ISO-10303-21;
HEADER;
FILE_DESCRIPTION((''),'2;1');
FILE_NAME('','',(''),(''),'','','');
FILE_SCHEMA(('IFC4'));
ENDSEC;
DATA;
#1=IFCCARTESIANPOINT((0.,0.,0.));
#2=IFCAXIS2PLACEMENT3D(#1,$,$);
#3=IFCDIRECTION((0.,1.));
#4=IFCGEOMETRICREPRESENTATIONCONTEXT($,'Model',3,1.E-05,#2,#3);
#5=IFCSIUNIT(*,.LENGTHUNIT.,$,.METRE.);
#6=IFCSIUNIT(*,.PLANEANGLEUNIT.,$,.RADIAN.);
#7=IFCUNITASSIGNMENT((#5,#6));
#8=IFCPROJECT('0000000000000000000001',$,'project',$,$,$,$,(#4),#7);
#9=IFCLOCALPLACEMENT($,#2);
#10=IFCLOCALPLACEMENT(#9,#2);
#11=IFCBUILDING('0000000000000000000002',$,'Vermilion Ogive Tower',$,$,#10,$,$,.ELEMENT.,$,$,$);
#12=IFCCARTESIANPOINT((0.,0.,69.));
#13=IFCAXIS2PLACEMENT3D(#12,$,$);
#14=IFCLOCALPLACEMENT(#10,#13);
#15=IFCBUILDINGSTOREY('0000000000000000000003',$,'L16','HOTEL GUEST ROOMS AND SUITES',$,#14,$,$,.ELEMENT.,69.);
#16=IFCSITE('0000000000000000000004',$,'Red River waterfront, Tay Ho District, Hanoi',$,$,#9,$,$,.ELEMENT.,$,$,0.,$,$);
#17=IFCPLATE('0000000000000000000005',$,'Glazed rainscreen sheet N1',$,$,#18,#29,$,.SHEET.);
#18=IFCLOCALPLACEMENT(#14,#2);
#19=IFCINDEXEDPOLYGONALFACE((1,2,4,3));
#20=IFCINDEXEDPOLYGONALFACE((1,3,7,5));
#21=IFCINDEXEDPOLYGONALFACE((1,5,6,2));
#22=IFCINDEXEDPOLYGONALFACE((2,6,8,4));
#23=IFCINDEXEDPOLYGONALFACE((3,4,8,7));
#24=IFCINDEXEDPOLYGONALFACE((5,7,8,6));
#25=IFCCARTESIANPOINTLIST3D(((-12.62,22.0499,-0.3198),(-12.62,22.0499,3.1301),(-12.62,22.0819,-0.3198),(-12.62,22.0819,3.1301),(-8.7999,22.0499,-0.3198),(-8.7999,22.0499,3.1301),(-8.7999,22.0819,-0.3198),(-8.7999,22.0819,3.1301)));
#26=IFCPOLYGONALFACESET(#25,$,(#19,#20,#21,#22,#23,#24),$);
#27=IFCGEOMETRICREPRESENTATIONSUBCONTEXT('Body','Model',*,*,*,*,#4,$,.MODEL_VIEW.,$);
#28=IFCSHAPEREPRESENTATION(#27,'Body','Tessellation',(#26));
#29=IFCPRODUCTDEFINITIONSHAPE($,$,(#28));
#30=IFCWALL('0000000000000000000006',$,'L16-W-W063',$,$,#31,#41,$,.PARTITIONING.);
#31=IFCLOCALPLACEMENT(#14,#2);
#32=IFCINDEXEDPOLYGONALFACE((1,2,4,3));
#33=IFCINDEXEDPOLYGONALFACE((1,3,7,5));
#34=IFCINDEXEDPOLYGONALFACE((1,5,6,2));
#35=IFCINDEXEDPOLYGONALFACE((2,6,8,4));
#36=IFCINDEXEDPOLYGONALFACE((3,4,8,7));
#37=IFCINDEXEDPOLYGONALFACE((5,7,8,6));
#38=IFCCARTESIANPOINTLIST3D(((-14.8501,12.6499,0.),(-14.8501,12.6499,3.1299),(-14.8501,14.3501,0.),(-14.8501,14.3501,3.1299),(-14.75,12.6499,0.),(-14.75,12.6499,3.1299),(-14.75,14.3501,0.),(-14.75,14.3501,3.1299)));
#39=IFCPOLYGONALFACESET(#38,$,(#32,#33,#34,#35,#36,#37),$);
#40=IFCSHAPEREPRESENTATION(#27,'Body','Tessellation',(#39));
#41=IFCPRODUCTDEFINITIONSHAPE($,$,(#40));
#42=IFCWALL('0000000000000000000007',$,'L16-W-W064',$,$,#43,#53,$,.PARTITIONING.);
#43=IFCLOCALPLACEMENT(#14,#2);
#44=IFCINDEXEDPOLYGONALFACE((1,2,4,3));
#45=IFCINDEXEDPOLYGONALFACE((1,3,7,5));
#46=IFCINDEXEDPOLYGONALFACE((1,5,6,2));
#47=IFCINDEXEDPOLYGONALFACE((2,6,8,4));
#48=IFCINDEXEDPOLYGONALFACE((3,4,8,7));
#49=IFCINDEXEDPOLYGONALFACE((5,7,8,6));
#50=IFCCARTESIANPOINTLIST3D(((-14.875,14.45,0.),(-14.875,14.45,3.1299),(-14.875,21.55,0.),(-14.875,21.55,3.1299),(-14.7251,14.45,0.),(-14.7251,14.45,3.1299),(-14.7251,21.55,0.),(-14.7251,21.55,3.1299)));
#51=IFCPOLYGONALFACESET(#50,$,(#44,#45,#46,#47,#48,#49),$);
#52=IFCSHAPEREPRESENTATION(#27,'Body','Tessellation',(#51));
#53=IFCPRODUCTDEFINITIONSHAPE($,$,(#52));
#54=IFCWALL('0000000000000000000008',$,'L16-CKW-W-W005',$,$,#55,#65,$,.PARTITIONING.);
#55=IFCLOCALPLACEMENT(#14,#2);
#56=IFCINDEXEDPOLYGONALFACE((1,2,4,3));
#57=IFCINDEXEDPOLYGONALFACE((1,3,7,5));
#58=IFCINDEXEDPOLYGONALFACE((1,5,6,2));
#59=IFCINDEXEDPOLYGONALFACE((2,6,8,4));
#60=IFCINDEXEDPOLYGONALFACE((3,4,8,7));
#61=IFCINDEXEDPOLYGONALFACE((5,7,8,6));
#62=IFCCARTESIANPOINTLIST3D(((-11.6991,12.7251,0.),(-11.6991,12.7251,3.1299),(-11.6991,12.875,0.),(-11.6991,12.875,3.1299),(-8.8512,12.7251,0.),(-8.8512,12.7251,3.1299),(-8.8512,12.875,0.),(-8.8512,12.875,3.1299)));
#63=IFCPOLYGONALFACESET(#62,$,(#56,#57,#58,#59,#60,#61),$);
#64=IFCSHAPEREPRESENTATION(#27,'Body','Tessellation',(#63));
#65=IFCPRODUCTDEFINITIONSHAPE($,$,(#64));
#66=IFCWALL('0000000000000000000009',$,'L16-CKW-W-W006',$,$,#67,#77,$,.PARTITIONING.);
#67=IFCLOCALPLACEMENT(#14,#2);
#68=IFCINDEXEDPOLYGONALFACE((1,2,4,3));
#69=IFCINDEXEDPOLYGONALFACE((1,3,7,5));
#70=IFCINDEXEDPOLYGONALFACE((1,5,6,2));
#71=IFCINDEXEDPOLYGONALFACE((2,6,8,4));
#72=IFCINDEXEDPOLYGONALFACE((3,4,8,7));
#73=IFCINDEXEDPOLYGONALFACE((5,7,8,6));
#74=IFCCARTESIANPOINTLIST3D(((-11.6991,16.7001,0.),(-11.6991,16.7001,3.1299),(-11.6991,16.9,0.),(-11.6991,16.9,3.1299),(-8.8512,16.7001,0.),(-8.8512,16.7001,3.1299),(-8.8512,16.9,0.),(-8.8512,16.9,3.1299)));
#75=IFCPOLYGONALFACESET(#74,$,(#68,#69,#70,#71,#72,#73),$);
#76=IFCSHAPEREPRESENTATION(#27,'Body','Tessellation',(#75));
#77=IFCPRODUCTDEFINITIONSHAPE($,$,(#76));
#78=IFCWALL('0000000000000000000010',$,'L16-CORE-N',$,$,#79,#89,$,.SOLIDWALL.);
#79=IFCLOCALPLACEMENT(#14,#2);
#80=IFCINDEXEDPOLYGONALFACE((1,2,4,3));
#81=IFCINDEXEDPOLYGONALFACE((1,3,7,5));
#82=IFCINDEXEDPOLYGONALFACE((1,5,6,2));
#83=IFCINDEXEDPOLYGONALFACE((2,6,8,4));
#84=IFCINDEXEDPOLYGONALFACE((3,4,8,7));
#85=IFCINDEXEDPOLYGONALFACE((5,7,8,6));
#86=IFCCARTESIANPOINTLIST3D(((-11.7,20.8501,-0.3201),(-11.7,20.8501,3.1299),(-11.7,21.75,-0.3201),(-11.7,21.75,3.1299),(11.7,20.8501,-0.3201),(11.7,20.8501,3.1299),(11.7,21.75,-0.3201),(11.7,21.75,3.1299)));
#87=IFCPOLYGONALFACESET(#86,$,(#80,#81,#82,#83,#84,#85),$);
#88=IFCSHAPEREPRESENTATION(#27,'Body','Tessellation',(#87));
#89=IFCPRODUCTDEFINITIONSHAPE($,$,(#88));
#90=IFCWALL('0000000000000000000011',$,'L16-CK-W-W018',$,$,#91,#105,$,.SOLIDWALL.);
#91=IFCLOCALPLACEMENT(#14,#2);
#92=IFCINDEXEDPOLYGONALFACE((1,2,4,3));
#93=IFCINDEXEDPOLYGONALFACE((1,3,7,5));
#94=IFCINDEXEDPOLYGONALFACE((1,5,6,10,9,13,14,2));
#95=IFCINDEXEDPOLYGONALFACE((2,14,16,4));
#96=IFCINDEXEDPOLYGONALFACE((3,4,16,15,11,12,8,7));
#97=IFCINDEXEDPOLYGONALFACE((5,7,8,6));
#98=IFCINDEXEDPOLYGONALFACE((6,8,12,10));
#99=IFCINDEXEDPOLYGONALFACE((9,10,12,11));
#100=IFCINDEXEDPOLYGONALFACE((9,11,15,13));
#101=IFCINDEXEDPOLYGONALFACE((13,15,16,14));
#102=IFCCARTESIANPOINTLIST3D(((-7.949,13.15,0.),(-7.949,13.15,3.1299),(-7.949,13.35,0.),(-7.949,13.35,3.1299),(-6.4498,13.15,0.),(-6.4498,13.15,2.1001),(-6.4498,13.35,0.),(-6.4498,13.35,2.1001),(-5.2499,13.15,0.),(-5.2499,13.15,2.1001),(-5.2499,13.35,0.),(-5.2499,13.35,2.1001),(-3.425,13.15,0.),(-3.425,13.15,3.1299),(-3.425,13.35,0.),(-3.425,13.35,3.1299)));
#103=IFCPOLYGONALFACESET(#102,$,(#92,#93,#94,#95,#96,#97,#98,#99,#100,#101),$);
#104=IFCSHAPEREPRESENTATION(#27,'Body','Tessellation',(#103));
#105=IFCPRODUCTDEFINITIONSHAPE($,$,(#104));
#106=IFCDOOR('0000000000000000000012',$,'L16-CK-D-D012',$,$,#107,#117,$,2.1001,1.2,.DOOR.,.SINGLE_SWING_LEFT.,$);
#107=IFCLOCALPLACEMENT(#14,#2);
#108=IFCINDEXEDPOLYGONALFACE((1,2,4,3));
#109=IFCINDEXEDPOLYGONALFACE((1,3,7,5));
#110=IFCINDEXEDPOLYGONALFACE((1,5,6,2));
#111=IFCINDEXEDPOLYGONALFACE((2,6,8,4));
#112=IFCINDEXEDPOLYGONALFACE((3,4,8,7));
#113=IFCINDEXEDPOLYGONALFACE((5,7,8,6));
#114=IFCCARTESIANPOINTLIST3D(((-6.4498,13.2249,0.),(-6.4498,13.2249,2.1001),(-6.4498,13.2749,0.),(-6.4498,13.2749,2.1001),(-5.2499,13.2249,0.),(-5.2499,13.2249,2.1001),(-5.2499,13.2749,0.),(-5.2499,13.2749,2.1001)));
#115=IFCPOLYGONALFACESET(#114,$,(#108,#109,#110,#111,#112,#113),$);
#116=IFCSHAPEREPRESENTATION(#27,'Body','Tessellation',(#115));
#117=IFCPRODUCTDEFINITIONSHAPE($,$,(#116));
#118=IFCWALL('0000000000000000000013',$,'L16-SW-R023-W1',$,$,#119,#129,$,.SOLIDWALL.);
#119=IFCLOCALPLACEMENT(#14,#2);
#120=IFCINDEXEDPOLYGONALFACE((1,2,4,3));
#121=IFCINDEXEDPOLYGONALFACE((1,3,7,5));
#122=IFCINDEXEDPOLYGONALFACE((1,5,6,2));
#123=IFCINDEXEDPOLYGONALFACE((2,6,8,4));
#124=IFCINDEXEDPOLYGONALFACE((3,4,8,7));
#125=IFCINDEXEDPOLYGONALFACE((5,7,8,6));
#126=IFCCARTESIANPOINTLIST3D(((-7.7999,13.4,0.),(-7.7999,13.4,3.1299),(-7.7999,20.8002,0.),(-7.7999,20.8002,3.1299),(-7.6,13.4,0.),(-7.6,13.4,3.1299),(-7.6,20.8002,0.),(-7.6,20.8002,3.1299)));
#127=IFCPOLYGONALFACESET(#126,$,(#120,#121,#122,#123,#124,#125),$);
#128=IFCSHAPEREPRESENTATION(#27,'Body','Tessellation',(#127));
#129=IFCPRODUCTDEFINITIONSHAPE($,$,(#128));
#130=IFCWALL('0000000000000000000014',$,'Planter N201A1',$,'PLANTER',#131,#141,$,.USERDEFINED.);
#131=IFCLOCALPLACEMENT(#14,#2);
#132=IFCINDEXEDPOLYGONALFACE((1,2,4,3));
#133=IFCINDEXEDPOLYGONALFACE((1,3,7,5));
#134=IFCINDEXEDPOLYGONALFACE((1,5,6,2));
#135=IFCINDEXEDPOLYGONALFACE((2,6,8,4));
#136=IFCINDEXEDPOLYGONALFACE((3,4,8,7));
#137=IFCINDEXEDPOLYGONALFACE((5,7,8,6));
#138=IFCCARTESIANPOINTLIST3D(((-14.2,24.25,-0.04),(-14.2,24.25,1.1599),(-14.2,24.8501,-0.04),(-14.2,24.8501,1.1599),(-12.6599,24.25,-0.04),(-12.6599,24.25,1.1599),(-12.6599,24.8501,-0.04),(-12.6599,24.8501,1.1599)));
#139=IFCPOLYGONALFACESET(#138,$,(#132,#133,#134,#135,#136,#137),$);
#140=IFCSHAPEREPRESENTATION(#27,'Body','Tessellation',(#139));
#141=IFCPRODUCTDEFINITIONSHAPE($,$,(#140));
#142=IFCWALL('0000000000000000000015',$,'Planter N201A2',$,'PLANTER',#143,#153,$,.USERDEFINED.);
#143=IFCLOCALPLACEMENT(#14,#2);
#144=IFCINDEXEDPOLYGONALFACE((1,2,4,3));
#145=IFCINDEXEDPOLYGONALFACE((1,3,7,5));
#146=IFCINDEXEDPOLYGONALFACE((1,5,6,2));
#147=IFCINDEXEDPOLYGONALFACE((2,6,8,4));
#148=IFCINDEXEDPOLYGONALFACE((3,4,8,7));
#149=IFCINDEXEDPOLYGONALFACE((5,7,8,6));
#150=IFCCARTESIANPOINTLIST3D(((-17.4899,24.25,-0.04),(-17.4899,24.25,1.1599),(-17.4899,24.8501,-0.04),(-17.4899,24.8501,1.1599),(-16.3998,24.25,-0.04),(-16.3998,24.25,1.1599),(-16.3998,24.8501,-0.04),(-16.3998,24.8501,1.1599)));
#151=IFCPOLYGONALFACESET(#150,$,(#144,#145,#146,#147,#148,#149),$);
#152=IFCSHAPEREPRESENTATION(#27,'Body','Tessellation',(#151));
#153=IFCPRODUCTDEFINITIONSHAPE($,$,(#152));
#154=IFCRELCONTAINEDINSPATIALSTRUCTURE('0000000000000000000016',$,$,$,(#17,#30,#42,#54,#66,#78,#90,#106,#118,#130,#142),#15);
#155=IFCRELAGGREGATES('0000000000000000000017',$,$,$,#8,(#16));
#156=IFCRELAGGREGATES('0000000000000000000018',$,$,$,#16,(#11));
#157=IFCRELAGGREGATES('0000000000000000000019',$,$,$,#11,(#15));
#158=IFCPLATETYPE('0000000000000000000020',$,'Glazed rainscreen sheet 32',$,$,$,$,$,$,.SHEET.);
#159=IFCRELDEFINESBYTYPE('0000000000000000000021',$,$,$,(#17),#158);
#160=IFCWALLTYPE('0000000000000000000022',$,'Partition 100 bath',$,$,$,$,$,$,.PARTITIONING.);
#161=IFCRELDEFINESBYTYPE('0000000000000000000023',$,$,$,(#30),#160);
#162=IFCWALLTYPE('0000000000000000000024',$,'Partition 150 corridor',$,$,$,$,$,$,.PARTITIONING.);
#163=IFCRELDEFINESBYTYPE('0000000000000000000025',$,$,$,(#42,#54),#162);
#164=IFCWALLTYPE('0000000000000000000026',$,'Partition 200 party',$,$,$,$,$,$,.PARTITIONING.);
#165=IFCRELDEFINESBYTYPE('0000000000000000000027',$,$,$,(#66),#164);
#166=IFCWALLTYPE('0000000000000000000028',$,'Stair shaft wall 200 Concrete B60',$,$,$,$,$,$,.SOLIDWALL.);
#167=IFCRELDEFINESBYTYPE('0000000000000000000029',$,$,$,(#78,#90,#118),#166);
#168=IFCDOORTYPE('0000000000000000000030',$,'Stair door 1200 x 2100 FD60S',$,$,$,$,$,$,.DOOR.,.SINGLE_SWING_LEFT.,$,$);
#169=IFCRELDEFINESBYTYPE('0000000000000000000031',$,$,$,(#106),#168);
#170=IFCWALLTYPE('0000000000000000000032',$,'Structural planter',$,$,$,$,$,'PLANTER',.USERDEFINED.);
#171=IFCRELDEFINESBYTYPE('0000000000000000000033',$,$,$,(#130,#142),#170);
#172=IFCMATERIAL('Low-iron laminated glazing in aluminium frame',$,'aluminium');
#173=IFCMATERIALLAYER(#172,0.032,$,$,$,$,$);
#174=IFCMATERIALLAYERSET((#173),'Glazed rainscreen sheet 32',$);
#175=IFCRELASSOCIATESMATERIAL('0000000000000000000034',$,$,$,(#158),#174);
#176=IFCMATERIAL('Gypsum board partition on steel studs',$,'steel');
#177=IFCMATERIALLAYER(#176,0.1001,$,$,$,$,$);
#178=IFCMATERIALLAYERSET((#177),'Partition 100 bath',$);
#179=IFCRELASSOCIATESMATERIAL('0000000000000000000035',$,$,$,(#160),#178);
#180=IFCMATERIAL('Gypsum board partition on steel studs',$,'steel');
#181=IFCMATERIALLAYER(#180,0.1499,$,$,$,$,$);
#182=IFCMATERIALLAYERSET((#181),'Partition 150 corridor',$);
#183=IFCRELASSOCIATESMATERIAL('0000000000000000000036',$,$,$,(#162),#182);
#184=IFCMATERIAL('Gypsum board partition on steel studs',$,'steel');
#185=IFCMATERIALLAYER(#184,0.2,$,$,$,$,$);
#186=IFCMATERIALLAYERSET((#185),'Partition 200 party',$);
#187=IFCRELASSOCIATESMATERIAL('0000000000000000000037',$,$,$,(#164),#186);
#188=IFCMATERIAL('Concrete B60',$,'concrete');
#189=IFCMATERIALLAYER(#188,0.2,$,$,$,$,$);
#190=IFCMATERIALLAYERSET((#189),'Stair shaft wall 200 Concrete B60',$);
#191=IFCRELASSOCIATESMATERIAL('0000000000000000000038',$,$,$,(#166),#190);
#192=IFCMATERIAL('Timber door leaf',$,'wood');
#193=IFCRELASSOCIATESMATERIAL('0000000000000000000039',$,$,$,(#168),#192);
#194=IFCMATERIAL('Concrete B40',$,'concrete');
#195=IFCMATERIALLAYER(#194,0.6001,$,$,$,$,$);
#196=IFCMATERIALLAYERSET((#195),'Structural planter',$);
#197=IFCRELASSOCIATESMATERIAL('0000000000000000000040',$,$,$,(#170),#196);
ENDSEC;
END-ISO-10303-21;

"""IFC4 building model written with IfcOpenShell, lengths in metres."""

from ifc_helpers import new_model, si_unit, direction, frame, frame_2d, origin, origin_2d, place, context, subcontext, project, spatial, rectangle, extrude, material, layer, layer_set, type_object, element, fill, save


model = new_model("IFC4")

# Units and contexts
model_context = context("Model", 3, precision=1e-05, world=origin(), true_north=direction((0.0, 1.0)))
body_context = subcontext(model_context, "Body", "Model", "MODEL_VIEW")
ifc_project = project(units=[si_unit("LENGTHUNIT", "METRE"), si_unit("PLANEANGLEUNIT", "RADIAN")], contexts=[model_context])

# Site, building, storey
site_placement = place(None, origin())
site = spatial("IfcSite", under=ifc_project, at=site_placement, Name="Red River waterfront, Tay Ho District, Hanoi", CompositionType="ELEMENT", RefElevation=0.0)
building_placement = place(site_placement, origin())
building = spatial("IfcBuilding", under=site, at=building_placement, Name="Vermilion Ogive Tower", CompositionType="ELEMENT")
storey_placement = place(building_placement, frame((0.0, 0.0, 69.0)))
storey = spatial("IfcBuildingStorey", under=building, at=storey_placement, Name="L16", Description="HOTEL GUEST ROOMS AND SUITES", CompositionType="ELEMENT", Elevation=69.0)

# Plate
ifc_material_1 = material(Name="Low-iron laminated glazing in aluminium frame", Category="aluminium")
ifc_layer_1 = layer(ifc_material_1, 0.032)
ifc_layer_set_1 = layer_set([ifc_layer_1], Name="Glazed rainscreen sheet 32")
plate_type = type_object("IfcPlateType", Name="Glazed rainscreen sheet 32", PredefinedType="SHEET", material=ifc_layer_set_1)
plate_placement = place(storey_placement, frame((-10.71, 22.0659, -0.3198), z_axis=(0.0, 0.0, 1.0), x_axis=(1.0, 0.0, 0.0)))
element("IfcPlate", 1, at=plate_placement, inside=storey, type_object=plate_type, Name="Glazed rainscreen sheet N1", PredefinedType="SHEET", context=body_context, shape_type="SweptSolid", body=[
    extrude(rectangle(XDim=3.8201, YDim=0.032, at=origin_2d()), origin(), (0.0, 0.0, 1.0), 3.45),
])

# Walls
ifc_material_2 = material(Name="Gypsum board partition on steel studs", Category="steel")
ifc_layer_2 = layer(ifc_material_2, 0.1001)
ifc_layer_set_2 = layer_set([ifc_layer_2], Name="Partition 100 bath")
wall_type_1 = type_object("IfcWallType", Name="Partition 100 bath", PredefinedType="PARTITIONING", material=ifc_layer_set_2)
wall_1_placement = place(storey_placement, frame((-14.8, 12.6499, 0.0), z_axis=(0.0, 0.0, 1.0), x_axis=(0.0, 1.0, 0.0)))
element("IfcWall", 2, at=wall_1_placement, inside=storey, type_object=wall_type_1, Name="L16-W-W063", PredefinedType="PARTITIONING", context=body_context, shape_type="SweptSolid", body=[
    extrude(rectangle(XDim=1.7002, YDim=0.1001, at=frame_2d((0.8501, 0.0))), origin(), (0.0, 0.0, 1.0), 3.1299),
])
ifc_material_3 = material(Name="Gypsum board partition on steel studs", Category="steel")
ifc_layer_3 = layer(ifc_material_3, 0.1499)
ifc_layer_set_3 = layer_set([ifc_layer_3], Name="Partition 150 corridor")
wall_type_2 = type_object("IfcWallType", Name="Partition 150 corridor", PredefinedType="PARTITIONING", material=ifc_layer_set_3)
wall_2_placement = place(storey_placement, frame((-14.8, 14.45, 0.0), z_axis=(0.0, 0.0, 1.0), x_axis=(0.0, 1.0, 0.0)))
element("IfcWall", 3, at=wall_2_placement, inside=storey, type_object=wall_type_2, Name="L16-W-W064", PredefinedType="PARTITIONING", context=body_context, shape_type="SweptSolid", body=[
    extrude(rectangle(XDim=7.1001, YDim=0.1499, at=frame_2d((3.55, 0.0))), origin(), (0.0, 0.0, 1.0), 3.1299),
])
wall_3_placement = place(storey_placement, frame((-11.699, 12.8, 0.0), z_axis=(0.0, 0.0, 1.0), x_axis=(1.0, 0.0, 0.0)))
element("IfcWall", 4, at=wall_3_placement, inside=storey, type_object=wall_type_2, Name="L16-CKW-W-W005", PredefinedType="PARTITIONING", context=body_context, shape_type="SweptSolid", body=[
    extrude(rectangle(XDim=2.8479, YDim=0.1499, at=frame_2d((1.4238, 0.0))), origin(), (0.0, 0.0, 1.0), 3.1299),
])
ifc_material_4 = material(Name="Gypsum board partition on steel studs", Category="steel")
ifc_layer_4 = layer(ifc_material_4, 0.2)
ifc_layer_set_4 = layer_set([ifc_layer_4], Name="Partition 200 party")
wall_type_3 = type_object("IfcWallType", Name="Partition 200 party", PredefinedType="PARTITIONING", material=ifc_layer_set_4)
wall_4_placement = place(storey_placement, frame((-11.699, 16.8, 0.0), z_axis=(0.0, 0.0, 1.0), x_axis=(1.0, 0.0, 0.0)))
element("IfcWall", 5, at=wall_4_placement, inside=storey, type_object=wall_type_3, Name="L16-CKW-W-W006", PredefinedType="PARTITIONING", context=body_context, shape_type="SweptSolid", body=[
    extrude(rectangle(XDim=2.8479, YDim=0.2, at=frame_2d((1.4238, 0.0))), origin(), (0.0, 0.0, 1.0), 3.1299),
])
ifc_material_5 = material(Name="Concrete B60", Category="concrete")
ifc_layer_5 = layer(ifc_material_5, 0.2)
ifc_layer_set_5 = layer_set([ifc_layer_5], Name="Stair shaft wall 200 Concrete B60")
wall_type_4 = type_object("IfcWallType", Name="Stair shaft wall 200 Concrete B60", PredefinedType="SOLIDWALL", material=ifc_layer_set_5)
wall_5_placement = place(storey_placement, frame((-11.7, 21.3, -0.3201), z_axis=(0.0, 0.0, 1.0), x_axis=(1.0, 0.0, 0.0)))
element("IfcWall", 6, at=wall_5_placement, inside=storey, type_object=wall_type_4, Name="L16-CORE-N", PredefinedType="SOLIDWALL", context=body_context, shape_type="SweptSolid", body=[
    extrude(rectangle(XDim=23.3999, YDim=0.8999, at=frame_2d((11.7, 0.0))), origin(), (0.0, 0.0, 1.0), 3.45),
])

# Wall, opening, door
wall_6_placement = place(storey_placement, frame((-7.949, 13.25, 0.0), z_axis=(0.0, 0.0, 1.0), x_axis=(1.0, 0.0, 0.0)))
wall_6 = element("IfcWall", 7, at=wall_6_placement, inside=storey, type_object=wall_type_4, Name="L16-CK-W-W018", PredefinedType="SOLIDWALL", context=body_context, shape_type="SweptSolid", body=[
    extrude(rectangle(XDim=4.5239, YDim=0.2, at=frame_2d((2.262, 0.0))), origin(), (0.0, 0.0, 1.0), 3.1299),
])
opening_1_placement = place(wall_6_placement, frame((1.499, 0.0, 0.0)))
opening_1 = element("IfcOpeningElement", 8, at=opening_1_placement, cuts=wall_6, PredefinedType="OPENING", context=body_context, shape_type="SweptSolid", body=[
    extrude(rectangle(XDim=1.2, YDim=2.1001, at=frame_2d((0.6001, 1.05))), frame((0.0, 0.1099, 0.0), z_axis=(0.0, -1.0, 0.0), x_axis=(1.0, 0.0, 0.0)), (0.0, 0.0, 1.0), 0.22),
])
ifc_material_6 = material(Name="Timber door leaf", Category="wood")
door_type_1 = type_object("IfcDoorType", Name="Stair door 1200 x 2100 FD60S", OperationType="SINGLE_SWING_LEFT", PredefinedType="DOOR", material=ifc_material_6)
door_1_placement = place(opening_1_placement, origin())
door_1 = element("IfcDoor", 9, at=door_1_placement, inside=storey, type_object=door_type_1, Name="L16-CK-D-D012", OperationType="SINGLE_SWING_LEFT", OverallHeight=2.1001, OverallWidth=1.2, PredefinedType="DOOR", context=body_context, shape_type="SweptSolid", body=[
    extrude(rectangle(XDim=1.2, YDim=2.1001, at=frame_2d((0.6001, 1.05))), frame((0.0, 0.0249, 0.0), z_axis=(0.0, -1.0, 0.0), x_axis=(1.0, 0.0, 0.0)), (0.0, 0.0, 1.0), 0.05),
])
fill(opening_1, door_1)

# Walls
wall_7_placement = place(storey_placement, frame((-7.7, 13.3999, 0.0), z_axis=(0.0, 0.0, 1.0), x_axis=(0.0, 1.0, 0.0)))
element("IfcWall", 10, at=wall_7_placement, inside=storey, type_object=wall_type_4, Name="L16-SW-R023-W1", PredefinedType="SOLIDWALL", context=body_context, shape_type="SweptSolid", body=[
    extrude(rectangle(XDim=7.4001, YDim=0.2, at=frame_2d((3.7002, 0.0))), origin(), (0.0, 0.0, 1.0), 3.1299),
])
ifc_material_7 = material(Name="Concrete B40", Category="concrete")
ifc_layer_6 = layer(ifc_material_7, 0.6001)
ifc_layer_set_6 = layer_set([ifc_layer_6], Name="Structural planter")
wall_type_5 = type_object("IfcWallType", Name="Structural planter", ElementType="PLANTER", PredefinedType="USERDEFINED", material=ifc_layer_set_6)
wall_8_placement = place(storey_placement, frame((-12.6599, 24.55, -0.04), z_axis=(0.0, 0.0, 1.0), x_axis=(-1.0, 0.0, 0.0)))
element("IfcWall", 11, at=wall_8_placement, inside=storey, type_object=wall_type_5, Name="Planter N201A1", ObjectType="PLANTER", PredefinedType="USERDEFINED", context=body_context, shape_type="SweptSolid", body=[
    extrude(rectangle(XDim=1.54, YDim=0.6001, at=frame_2d((0.77, 0.0))), origin(), (0.0, 0.0, 1.0), 1.2),
])
wall_9_placement = place(storey_placement, frame((-16.3999, 24.55, -0.04), z_axis=(0.0, 0.0, 1.0), x_axis=(-1.0, 0.0, 0.0)))
element("IfcWall", 12, at=wall_9_placement, inside=storey, type_object=wall_type_5, Name="Planter N201A2", ObjectType="PLANTER", PredefinedType="USERDEFINED", context=body_context, shape_type="SweptSolid", body=[
    extrude(rectangle(XDim=1.0901, YDim=0.6001, at=frame_2d((0.5449, 0.0))), origin(), (0.0, 0.0, 1.0), 1.2),
])

save(model, "model.ifc")
